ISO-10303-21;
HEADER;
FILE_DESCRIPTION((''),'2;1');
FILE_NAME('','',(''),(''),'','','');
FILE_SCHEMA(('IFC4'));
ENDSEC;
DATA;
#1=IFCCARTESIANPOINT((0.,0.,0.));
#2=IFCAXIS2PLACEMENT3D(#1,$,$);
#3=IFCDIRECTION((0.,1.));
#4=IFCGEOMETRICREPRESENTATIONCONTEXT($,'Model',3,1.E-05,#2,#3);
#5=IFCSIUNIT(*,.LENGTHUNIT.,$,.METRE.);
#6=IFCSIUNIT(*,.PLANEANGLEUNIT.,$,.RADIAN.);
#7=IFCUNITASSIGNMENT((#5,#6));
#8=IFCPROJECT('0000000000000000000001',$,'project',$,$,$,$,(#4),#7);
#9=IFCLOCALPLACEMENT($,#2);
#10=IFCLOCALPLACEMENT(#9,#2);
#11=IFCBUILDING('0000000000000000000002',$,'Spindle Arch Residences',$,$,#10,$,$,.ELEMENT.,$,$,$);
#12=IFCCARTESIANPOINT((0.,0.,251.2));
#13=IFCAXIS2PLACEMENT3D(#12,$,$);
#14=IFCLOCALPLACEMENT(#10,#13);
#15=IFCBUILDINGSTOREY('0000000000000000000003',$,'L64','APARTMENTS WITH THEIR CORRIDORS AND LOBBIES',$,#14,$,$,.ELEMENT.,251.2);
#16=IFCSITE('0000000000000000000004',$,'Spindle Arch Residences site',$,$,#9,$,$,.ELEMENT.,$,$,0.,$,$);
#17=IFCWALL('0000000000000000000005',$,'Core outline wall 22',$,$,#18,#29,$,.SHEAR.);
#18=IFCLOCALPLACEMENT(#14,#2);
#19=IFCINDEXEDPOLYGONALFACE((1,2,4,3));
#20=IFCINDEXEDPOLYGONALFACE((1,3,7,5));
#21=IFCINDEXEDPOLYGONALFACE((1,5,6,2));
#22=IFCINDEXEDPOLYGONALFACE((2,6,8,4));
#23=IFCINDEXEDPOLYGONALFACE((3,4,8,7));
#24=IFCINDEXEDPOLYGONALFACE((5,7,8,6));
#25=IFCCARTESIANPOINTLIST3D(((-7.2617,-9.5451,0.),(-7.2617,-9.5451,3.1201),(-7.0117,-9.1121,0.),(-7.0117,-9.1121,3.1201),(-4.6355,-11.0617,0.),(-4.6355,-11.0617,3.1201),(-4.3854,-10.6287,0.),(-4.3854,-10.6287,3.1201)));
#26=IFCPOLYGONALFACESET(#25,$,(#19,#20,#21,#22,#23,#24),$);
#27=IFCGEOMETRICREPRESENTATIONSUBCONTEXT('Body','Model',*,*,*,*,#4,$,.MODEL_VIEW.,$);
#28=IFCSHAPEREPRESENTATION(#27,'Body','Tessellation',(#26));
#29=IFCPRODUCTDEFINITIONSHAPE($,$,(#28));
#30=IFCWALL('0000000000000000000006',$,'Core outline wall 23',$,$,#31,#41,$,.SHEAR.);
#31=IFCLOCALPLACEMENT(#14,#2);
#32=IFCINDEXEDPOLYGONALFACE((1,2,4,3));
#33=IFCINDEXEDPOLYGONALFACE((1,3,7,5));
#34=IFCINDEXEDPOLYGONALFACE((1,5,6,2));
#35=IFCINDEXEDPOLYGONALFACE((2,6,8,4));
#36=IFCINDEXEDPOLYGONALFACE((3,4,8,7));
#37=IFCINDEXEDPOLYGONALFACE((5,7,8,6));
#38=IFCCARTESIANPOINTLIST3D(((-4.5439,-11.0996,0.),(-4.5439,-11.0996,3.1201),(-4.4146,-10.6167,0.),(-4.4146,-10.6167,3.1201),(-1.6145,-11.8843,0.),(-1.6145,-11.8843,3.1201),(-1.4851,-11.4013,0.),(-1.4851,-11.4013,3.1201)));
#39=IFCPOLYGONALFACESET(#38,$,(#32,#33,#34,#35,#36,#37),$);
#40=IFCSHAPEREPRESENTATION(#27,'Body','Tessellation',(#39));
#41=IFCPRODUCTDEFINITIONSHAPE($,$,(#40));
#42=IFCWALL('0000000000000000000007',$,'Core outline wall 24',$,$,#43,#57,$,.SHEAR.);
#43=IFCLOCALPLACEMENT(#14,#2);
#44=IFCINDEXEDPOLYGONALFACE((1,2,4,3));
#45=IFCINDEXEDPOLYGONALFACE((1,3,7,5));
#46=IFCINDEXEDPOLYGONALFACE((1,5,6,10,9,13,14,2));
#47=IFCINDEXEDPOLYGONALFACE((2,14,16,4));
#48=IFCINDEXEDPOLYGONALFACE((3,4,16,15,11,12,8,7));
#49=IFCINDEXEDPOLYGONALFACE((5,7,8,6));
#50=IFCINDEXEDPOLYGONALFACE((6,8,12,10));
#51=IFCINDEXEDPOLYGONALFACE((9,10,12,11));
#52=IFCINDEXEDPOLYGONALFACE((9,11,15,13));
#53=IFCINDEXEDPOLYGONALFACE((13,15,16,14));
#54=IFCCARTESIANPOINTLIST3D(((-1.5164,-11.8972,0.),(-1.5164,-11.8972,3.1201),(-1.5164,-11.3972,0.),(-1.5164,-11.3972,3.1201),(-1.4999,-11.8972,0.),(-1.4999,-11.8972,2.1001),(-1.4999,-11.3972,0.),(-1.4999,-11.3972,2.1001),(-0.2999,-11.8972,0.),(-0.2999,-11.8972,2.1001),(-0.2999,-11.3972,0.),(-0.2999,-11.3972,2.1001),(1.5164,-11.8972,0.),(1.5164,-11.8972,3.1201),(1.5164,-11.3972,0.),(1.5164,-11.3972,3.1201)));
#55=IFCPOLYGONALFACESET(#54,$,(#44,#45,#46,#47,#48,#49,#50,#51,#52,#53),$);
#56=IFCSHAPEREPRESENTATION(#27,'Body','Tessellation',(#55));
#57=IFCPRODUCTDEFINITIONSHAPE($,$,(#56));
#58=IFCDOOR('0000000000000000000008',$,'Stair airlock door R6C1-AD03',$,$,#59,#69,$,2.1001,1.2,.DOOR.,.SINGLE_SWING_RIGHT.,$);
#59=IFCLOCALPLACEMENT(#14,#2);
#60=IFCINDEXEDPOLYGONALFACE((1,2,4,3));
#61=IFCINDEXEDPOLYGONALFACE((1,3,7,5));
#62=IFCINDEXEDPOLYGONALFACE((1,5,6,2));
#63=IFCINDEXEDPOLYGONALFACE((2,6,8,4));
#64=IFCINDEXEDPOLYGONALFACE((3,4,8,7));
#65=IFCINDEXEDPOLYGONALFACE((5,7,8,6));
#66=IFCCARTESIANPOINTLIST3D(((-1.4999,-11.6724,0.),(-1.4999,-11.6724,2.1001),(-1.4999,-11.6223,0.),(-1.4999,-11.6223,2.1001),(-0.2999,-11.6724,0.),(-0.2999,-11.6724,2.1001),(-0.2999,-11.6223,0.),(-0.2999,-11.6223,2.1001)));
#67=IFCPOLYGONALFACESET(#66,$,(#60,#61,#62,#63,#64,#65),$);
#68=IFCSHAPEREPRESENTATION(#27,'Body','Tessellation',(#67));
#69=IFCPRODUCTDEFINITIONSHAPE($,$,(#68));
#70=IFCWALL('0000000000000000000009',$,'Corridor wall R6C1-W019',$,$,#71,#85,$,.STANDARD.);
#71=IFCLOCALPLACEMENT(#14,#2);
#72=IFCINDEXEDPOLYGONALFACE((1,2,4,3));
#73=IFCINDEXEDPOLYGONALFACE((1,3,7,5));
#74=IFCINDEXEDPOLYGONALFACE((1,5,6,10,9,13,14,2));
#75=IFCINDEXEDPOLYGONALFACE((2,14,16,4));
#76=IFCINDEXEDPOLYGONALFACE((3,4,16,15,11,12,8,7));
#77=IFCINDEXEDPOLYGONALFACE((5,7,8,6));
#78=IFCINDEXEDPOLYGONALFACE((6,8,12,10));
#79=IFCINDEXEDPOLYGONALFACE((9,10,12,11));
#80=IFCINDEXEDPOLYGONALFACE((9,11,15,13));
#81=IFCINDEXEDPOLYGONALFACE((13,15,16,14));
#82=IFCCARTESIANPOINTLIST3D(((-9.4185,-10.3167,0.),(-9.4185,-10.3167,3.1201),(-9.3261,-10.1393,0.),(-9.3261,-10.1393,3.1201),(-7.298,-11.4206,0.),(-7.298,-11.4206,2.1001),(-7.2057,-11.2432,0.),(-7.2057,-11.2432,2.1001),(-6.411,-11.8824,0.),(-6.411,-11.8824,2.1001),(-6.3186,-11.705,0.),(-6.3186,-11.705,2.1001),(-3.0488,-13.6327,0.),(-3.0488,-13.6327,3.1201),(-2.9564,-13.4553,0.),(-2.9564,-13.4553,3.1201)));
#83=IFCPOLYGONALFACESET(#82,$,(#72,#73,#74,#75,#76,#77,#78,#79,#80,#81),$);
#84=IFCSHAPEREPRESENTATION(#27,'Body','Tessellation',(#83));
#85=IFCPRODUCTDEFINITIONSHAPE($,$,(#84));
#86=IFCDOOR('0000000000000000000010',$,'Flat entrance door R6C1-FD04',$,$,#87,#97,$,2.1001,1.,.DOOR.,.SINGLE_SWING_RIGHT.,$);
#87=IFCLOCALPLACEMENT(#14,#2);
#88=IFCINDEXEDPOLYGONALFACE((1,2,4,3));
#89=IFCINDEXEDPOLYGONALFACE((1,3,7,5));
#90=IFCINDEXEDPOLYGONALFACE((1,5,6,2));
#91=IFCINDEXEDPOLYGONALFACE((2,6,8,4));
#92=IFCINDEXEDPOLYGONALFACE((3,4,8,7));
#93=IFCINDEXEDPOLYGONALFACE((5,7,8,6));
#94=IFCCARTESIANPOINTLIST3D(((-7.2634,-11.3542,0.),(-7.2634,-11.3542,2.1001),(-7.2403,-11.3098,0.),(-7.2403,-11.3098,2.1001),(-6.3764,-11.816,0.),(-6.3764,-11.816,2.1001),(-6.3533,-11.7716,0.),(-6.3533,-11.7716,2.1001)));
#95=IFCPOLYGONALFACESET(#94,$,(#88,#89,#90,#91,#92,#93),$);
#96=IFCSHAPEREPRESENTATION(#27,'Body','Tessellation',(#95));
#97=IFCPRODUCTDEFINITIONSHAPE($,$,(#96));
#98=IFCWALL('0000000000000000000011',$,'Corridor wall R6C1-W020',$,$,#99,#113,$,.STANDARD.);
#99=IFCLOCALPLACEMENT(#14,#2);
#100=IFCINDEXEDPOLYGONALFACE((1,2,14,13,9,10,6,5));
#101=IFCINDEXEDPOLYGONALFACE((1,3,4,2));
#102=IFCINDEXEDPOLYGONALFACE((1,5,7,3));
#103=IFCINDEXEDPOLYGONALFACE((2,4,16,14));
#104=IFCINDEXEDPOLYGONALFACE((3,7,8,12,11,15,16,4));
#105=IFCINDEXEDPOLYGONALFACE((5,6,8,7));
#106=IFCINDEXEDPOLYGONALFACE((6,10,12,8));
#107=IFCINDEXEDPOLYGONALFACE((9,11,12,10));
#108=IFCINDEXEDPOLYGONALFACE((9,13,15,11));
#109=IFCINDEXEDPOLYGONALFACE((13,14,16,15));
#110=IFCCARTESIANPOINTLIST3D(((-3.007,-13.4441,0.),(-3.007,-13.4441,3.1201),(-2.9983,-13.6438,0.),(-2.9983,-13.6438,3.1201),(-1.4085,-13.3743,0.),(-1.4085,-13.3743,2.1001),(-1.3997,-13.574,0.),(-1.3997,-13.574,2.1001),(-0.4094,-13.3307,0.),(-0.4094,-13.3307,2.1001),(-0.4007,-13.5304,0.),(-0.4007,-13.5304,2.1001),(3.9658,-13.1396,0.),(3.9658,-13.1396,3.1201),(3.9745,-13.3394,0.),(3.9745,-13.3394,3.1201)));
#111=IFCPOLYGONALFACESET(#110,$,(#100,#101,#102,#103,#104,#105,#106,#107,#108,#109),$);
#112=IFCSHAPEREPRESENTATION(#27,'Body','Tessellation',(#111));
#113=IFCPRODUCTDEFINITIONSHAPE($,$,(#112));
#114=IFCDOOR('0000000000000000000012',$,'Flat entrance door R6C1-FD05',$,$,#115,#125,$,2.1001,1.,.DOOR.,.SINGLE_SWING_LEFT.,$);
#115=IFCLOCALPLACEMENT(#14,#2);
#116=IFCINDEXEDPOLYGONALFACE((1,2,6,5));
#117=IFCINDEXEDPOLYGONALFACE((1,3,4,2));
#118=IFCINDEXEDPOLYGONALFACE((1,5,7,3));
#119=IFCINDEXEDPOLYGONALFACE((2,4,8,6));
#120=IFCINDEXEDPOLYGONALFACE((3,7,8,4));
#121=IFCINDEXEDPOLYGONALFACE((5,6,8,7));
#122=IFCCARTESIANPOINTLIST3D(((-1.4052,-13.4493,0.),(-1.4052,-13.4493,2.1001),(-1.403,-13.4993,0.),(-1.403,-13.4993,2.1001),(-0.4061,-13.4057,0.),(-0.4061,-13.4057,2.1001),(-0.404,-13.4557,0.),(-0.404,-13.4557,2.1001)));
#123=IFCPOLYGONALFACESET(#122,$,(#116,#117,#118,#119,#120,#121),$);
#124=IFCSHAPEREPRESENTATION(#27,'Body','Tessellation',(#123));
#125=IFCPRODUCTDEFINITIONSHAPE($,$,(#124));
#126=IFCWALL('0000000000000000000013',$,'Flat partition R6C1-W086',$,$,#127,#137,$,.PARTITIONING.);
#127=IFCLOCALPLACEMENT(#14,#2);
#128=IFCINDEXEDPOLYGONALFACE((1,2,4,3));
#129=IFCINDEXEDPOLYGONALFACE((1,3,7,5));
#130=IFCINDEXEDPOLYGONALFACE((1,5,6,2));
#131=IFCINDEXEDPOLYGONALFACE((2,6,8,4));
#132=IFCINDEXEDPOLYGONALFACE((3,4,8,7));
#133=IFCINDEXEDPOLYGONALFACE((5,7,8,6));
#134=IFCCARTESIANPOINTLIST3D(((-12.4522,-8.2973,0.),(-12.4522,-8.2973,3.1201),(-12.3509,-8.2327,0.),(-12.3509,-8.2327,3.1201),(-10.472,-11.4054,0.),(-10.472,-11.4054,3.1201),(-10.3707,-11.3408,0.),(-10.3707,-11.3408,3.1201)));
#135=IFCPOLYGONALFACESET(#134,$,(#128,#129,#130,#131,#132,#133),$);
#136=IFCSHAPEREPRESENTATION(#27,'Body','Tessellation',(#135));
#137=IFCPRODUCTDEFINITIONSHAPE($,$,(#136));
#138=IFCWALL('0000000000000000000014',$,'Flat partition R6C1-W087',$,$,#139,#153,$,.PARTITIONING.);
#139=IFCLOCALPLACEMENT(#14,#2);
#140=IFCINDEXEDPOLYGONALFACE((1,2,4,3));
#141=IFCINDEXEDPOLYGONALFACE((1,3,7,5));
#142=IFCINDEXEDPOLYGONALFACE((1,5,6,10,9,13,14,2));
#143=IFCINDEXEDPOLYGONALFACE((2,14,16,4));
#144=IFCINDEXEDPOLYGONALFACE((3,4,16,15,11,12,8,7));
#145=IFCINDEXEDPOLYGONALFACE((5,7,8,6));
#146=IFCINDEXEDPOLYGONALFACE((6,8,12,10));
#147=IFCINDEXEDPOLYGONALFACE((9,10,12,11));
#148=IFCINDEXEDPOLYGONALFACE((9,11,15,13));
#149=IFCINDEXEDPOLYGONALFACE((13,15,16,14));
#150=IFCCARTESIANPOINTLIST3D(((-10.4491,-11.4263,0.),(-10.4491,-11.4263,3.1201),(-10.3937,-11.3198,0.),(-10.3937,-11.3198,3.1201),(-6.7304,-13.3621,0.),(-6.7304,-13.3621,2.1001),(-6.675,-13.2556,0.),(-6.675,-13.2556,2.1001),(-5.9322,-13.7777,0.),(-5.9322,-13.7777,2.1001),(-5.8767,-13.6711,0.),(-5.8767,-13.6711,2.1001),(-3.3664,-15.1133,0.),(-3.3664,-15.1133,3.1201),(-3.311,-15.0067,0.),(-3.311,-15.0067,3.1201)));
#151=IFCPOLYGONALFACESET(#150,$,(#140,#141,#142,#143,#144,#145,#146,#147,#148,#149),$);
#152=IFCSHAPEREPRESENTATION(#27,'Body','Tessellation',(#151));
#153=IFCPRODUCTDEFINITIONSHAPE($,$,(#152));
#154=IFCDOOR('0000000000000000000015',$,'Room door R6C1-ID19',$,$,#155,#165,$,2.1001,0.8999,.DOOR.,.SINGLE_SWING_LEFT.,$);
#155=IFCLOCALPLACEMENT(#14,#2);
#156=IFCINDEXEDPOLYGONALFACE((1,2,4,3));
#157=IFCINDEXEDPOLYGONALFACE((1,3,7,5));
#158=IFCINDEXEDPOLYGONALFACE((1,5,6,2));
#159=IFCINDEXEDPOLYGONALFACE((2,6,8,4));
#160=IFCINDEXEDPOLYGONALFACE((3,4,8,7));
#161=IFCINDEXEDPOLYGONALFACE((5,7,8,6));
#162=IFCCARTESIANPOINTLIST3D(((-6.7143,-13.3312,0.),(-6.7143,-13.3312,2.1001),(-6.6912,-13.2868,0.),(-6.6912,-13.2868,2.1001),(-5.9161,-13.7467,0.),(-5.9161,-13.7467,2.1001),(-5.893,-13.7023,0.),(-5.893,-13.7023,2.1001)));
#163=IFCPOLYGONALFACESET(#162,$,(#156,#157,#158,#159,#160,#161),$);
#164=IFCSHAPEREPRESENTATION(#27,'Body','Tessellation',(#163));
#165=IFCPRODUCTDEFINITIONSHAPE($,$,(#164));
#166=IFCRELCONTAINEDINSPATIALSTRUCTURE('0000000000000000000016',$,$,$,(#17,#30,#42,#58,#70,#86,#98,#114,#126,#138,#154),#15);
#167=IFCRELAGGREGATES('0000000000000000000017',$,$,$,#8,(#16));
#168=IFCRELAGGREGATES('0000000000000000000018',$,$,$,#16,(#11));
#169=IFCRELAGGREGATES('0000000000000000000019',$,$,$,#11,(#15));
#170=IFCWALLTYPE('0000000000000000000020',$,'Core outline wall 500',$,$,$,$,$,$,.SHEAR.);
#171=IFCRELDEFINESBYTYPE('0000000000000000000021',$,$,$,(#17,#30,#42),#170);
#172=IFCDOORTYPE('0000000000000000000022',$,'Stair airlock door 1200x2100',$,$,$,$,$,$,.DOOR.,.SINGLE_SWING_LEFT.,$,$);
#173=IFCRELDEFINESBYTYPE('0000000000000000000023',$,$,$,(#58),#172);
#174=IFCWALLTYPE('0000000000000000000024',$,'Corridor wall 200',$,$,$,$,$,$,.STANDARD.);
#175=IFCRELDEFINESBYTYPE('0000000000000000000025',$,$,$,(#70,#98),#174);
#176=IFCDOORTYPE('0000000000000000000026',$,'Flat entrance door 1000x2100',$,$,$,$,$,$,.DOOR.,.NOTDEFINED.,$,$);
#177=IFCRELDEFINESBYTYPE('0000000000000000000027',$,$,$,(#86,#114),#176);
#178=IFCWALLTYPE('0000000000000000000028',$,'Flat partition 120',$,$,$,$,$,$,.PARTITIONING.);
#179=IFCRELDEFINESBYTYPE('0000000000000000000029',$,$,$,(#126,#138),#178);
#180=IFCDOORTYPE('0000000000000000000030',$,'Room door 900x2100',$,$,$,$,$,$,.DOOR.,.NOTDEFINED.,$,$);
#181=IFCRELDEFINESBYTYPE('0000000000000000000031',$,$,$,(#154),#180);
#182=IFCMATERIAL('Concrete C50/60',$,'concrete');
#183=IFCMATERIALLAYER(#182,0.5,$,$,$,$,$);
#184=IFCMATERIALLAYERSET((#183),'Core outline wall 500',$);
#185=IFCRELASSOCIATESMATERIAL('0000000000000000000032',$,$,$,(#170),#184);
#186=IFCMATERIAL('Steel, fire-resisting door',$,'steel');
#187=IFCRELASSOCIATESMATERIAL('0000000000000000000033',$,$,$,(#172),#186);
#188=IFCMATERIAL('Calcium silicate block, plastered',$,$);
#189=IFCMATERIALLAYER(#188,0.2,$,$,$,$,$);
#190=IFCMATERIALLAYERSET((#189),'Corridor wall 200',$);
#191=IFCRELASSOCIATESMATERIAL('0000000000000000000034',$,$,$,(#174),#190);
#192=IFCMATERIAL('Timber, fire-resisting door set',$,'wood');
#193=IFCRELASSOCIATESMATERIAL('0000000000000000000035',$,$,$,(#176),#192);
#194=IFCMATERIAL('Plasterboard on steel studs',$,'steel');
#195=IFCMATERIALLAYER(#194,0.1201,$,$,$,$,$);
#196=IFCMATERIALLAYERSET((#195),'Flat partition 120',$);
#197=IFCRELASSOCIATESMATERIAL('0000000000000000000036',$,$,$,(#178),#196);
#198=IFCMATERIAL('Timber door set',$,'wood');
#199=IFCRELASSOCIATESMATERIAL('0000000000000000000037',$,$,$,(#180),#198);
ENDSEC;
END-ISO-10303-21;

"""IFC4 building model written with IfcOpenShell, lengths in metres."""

from ifc_helpers import new_model, si_unit, direction, frame, frame_2d, origin, place, context, subcontext, project, spatial, rectangle, extrude, material, layer, layer_set, type_object, element, fill, save


model = new_model("IFC4")

# Units and contexts
model_context = context("Model", 3, precision=1e-05, world=origin(), true_north=direction((0.0, 1.0)))
body_context = subcontext(model_context, "Body", "Model", "MODEL_VIEW")
ifc_project = project(units=[si_unit("LENGTHUNIT", "METRE"), si_unit("PLANEANGLEUNIT", "RADIAN")], contexts=[model_context])

# Site, building, storey
site_placement = place(None, origin())
site = spatial("IfcSite", under=ifc_project, at=site_placement, Name="Spindle Arch Residences site", CompositionType="ELEMENT", RefElevation=0.0)
building_placement = place(site_placement, origin())
building = spatial("IfcBuilding", under=site, at=building_placement, Name="Spindle Arch Residences", CompositionType="ELEMENT")
storey_placement = place(building_placement, frame((0.0, 0.0, 251.2)))
storey = spatial("IfcBuildingStorey", under=building, at=storey_placement, Name="L64", Description="APARTMENTS WITH THEIR CORRIDORS AND LOBBIES", CompositionType="ELEMENT", Elevation=251.2)

# Walls
ifc_material_1 = material(Name="Concrete C50/60", Category="concrete")
ifc_layer_1 = layer(ifc_material_1, 0.5)
ifc_layer_set_1 = layer_set([ifc_layer_1], Name="Core outline wall 500")
wall_type_1 = type_object("IfcWallType", Name="Core outline wall 500", PredefinedType="SHEAR", material=ifc_layer_set_1)
for number, where, z_axis, x_axis, name in (
    (1, (-7.1367, -9.3286, 0.0), (0.0, 0.0, 1.0), (0.865975, -0.500087, 0.0), "Core outline wall 22"),
    (2, (-4.4792, -10.8582, 0.0), (0.0, 0.0, 1.0), (0.965948, -0.258735, 0.0), "Core outline wall 23"),
):
    element("IfcWall", number, at=place(storey_placement, frame(where, z_axis=z_axis, x_axis=x_axis)), inside=storey, type_object=wall_type_1, Name=name, PredefinedType="SHEAR", context=body_context, shape_type="SweptSolid", body=[
        extrude(rectangle(XDim=3.0327, YDim=0.5, at=frame_2d((1.5164, 0.0))), origin(), (0.0, 0.0, 1.0), 3.1201),
    ])

# Walls, openings, doors
wall_1_placement = place(storey_placement, frame((-1.5164, -11.6472, 0.0), z_axis=(0.0, 0.0, 1.0), x_axis=(1.0, 0.0, 0.0)))
wall_1 = element("IfcWall", 3, at=wall_1_placement, inside=storey, type_object=wall_type_1, Name="Core outline wall 24", PredefinedType="SHEAR", context=body_context, shape_type="SweptSolid", body=[
    extrude(rectangle(XDim=3.0327, YDim=0.5, at=frame_2d((1.5164, 0.0))), origin(), (0.0, 0.0, 1.0), 3.1201),
])
opening_1_placement = place(wall_1_placement, frame((0.0164, 0.0, 0.0)))
opening_1 = element("IfcOpeningElement", 4, at=opening_1_placement, cuts=wall_1, PredefinedType="OPENING", context=body_context, shape_type="SweptSolid", body=[
    extrude(rectangle(XDim=1.2, YDim=2.1001, at=frame_2d((0.6001, 1.05))), frame((0.0, 0.26, 0.0), z_axis=(0.0, -1.0, 0.0), x_axis=(1.0, 0.0, 0.0)), (0.0, 0.0, 1.0), 0.52),
])
ifc_material_2 = material(Name="Steel, fire-resisting door", Category="steel")
door_type_1 = type_object("IfcDoorType", Name="Stair airlock door 1200x2100", OperationType="SINGLE_SWING_LEFT", PredefinedType="DOOR", material=ifc_material_2)
door_1_placement = place(opening_1_placement, origin())
door_1 = element("IfcDoor", 5, at=door_1_placement, inside=storey, type_object=door_type_1, Name="Stair airlock door R6C1-AD03", OperationType="SINGLE_SWING_RIGHT", OverallHeight=2.1001, OverallWidth=1.2, PredefinedType="DOOR", context=body_context, shape_type="SweptSolid", body=[
    extrude(rectangle(XDim=1.2, YDim=2.1001, at=frame_2d((0.6001, 1.05))), frame((0.0, 0.0249, 0.0), z_axis=(0.0, -1.0, 0.0), x_axis=(1.0, 0.0, 0.0)), (0.0, 0.0, 1.0), 0.05),
])
fill(opening_1, door_1)
ifc_material_3 = material(Name="Calcium silicate block, plastered")
ifc_layer_2 = layer(ifc_material_3, 0.2)
ifc_layer_set_2 = layer_set([ifc_layer_2], Name="Corridor wall 200")
wall_type_2 = type_object("IfcWallType", Name="Corridor wall 200", PredefinedType="STANDARD", material=ifc_layer_set_2)
wall_2_placement = place(storey_placement, frame((-9.3723, -10.228, 0.0), z_axis=(0.0, 0.0, 1.0), x_axis=(0.887005, -0.461759, 0.0)))
wall_2 = element("IfcWall", 6, at=wall_2_placement, inside=storey, type_object=wall_type_2, Name="Corridor wall R6C1-W019", PredefinedType="STANDARD", context=body_context, shape_type="SweptSolid", body=[
    extrude(rectangle(XDim=7.1812, YDim=0.2, at=frame_2d((3.5906, 0.0))), origin(), (0.0, 0.0, 1.0), 3.1201),
])
opening_2_placement = place(wall_2_placement, frame((2.3906, 0.0, 0.0)))
opening_2 = element("IfcOpeningElement", 7, at=opening_2_placement, cuts=wall_2, PredefinedType="OPENING", context=body_context, shape_type="SweptSolid", body=[
    extrude(rectangle(XDim=1.0, YDim=2.1001, at=frame_2d((0.5, 1.05))), frame((0.0, 0.1099, 0.0), z_axis=(0.0, -1.0, 0.0), x_axis=(1.0, 0.0, 0.0)), (0.0, 0.0, 1.0), 0.22),
])
ifc_material_4 = material(Name="Timber, fire-resisting door set", Category="wood")
door_type_2 = type_object("IfcDoorType", Name="Flat entrance door 1000x2100", OperationType="NOTDEFINED", PredefinedType="DOOR", material=ifc_material_4)
door_2_placement = place(opening_2_placement, origin())
door_2 = element("IfcDoor", 8, at=door_2_placement, inside=storey, type_object=door_type_2, Name="Flat entrance door R6C1-FD04", OperationType="SINGLE_SWING_RIGHT", OverallHeight=2.1001, OverallWidth=1.0, PredefinedType="DOOR", context=body_context, shape_type="SweptSolid", body=[
    extrude(rectangle(XDim=1.0, YDim=2.1001, at=frame_2d((0.5, 1.05))), frame((0.0, 0.0249, 0.0), z_axis=(0.0, -1.0, 0.0), x_axis=(1.0, 0.0, 0.0)), (0.0, 0.0, 1.0), 0.05),
])
fill(opening_2, door_2)
wall_3_placement = place(storey_placement, frame((-3.0027, -13.5439, 0.0), z_axis=(0.0, 0.0, 1.0), x_axis=(0.999048, 0.043619, 0.0)))
wall_3 = element("IfcWall", 9, at=wall_3_placement, inside=storey, type_object=wall_type_2, Name="Corridor wall R6C1-W020", PredefinedType="STANDARD", context=body_context, shape_type="SweptSolid", body=[
    extrude(rectangle(XDim=6.9795, YDim=0.2, at=frame_2d((3.4897, 0.0))), origin(), (0.0, 0.0, 1.0), 3.1201),
])
opening_3_placement = place(wall_3_placement, frame((1.6001, 0.0, 0.0)))
opening_3 = element("IfcOpeningElement", 10, at=opening_3_placement, cuts=wall_3, PredefinedType="OPENING", context=body_context, shape_type="SweptSolid", body=[
    extrude(rectangle(XDim=1.0, YDim=2.1001, at=frame_2d((0.5, 1.05))), frame((0.0, 0.1099, 0.0), z_axis=(0.0, -1.0, 0.0), x_axis=(1.0, 0.0, 0.0)), (0.0, 0.0, 1.0), 0.22),
])
door_3_placement = place(opening_3_placement, origin())
door_3 = element("IfcDoor", 11, at=door_3_placement, inside=storey, type_object=door_type_2, Name="Flat entrance door R6C1-FD05", OperationType="SINGLE_SWING_LEFT", OverallHeight=2.1001, OverallWidth=1.0, PredefinedType="DOOR", context=body_context, shape_type="SweptSolid", body=[
    extrude(rectangle(XDim=1.0, YDim=2.1001, at=frame_2d((0.5, 1.05))), frame((0.0, 0.0249, 0.0), z_axis=(0.0, -1.0, 0.0), x_axis=(1.0, 0.0, 0.0)), (0.0, 0.0, 1.0), 0.05),
])
fill(opening_3, door_3)

# Wall
ifc_material_5 = material(Name="Plasterboard on steel studs", Category="steel")
ifc_layer_3 = layer(ifc_material_5, 0.1201)
ifc_layer_set_3 = layer_set([ifc_layer_3], Name="Flat partition 120")
wall_type_3 = type_object("IfcWallType", Name="Flat partition 120", PredefinedType="PARTITIONING", material=ifc_layer_set_3)
wall_4_placement = place(storey_placement, frame((-12.4016, -8.2649, 0.0), z_axis=(0.0, 0.0, 1.0), x_axis=(0.537321, -0.843378, 0.0)))
element("IfcWall", 12, at=wall_4_placement, inside=storey, type_object=wall_type_3, Name="Flat partition R6C1-W086", PredefinedType="PARTITIONING", context=body_context, shape_type="SweptSolid", body=[
    extrude(rectangle(XDim=3.6853, YDim=0.1201, at=frame_2d((1.8428, 0.0))), origin(), (0.0, 0.0, 1.0), 3.1201),
])

# Wall, opening, door
wall_5_placement = place(storey_placement, frame((-10.4214, -11.373, 0.0), z_axis=(0.0, 0.0, 1.0), x_axis=(0.887013, -0.461745, 0.0)))
wall_5 = element("IfcWall", 13, at=wall_5_placement, inside=storey, type_object=wall_type_3, Name="Flat partition R6C1-W087", PredefinedType="PARTITIONING", context=body_context, shape_type="SweptSolid", body=[
    extrude(rectangle(XDim=7.9849, YDim=0.1201, at=frame_2d((3.9924, 0.0))), origin(), (0.0, 0.0, 1.0), 3.1201),
])
opening_4_placement = place(wall_5_placement, frame((4.1924, 0.0, 0.0)))
opening_4 = element("IfcOpeningElement", 14, at=opening_4_placement, cuts=wall_5, PredefinedType="OPENING", context=body_context, shape_type="SweptSolid", body=[
    extrude(rectangle(XDim=0.8999, YDim=2.1001, at=frame_2d((0.45, 1.05))), frame((0.0, 0.0701, 0.0), z_axis=(0.0, -1.0, 0.0), x_axis=(1.0, 0.0, 0.0)), (0.0, 0.0, 1.0), 0.1401),
])
ifc_material_6 = material(Name="Timber door set", Category="wood")
door_type_3 = type_object("IfcDoorType", Name="Room door 900x2100", OperationType="NOTDEFINED", PredefinedType="DOOR", material=ifc_material_6)
door_4_placement = place(opening_4_placement, origin())
door_4 = element("IfcDoor", 15, at=door_4_placement, inside=storey, type_object=door_type_3, Name="Room door R6C1-ID19", OperationType="SINGLE_SWING_LEFT", OverallHeight=2.1001, OverallWidth=0.8999, PredefinedType="DOOR", context=body_context, shape_type="SweptSolid", body=[
    extrude(rectangle(XDim=0.8999, YDim=2.1001, at=frame_2d((0.45, 1.05))), frame((0.0, 0.0249, 0.0), z_axis=(0.0, -1.0, 0.0), x_axis=(1.0, 0.0, 0.0)), (0.0, 0.0, 1.0), 0.05),
])
fill(opening_4, door_4)

save(model, "model.ifc")
